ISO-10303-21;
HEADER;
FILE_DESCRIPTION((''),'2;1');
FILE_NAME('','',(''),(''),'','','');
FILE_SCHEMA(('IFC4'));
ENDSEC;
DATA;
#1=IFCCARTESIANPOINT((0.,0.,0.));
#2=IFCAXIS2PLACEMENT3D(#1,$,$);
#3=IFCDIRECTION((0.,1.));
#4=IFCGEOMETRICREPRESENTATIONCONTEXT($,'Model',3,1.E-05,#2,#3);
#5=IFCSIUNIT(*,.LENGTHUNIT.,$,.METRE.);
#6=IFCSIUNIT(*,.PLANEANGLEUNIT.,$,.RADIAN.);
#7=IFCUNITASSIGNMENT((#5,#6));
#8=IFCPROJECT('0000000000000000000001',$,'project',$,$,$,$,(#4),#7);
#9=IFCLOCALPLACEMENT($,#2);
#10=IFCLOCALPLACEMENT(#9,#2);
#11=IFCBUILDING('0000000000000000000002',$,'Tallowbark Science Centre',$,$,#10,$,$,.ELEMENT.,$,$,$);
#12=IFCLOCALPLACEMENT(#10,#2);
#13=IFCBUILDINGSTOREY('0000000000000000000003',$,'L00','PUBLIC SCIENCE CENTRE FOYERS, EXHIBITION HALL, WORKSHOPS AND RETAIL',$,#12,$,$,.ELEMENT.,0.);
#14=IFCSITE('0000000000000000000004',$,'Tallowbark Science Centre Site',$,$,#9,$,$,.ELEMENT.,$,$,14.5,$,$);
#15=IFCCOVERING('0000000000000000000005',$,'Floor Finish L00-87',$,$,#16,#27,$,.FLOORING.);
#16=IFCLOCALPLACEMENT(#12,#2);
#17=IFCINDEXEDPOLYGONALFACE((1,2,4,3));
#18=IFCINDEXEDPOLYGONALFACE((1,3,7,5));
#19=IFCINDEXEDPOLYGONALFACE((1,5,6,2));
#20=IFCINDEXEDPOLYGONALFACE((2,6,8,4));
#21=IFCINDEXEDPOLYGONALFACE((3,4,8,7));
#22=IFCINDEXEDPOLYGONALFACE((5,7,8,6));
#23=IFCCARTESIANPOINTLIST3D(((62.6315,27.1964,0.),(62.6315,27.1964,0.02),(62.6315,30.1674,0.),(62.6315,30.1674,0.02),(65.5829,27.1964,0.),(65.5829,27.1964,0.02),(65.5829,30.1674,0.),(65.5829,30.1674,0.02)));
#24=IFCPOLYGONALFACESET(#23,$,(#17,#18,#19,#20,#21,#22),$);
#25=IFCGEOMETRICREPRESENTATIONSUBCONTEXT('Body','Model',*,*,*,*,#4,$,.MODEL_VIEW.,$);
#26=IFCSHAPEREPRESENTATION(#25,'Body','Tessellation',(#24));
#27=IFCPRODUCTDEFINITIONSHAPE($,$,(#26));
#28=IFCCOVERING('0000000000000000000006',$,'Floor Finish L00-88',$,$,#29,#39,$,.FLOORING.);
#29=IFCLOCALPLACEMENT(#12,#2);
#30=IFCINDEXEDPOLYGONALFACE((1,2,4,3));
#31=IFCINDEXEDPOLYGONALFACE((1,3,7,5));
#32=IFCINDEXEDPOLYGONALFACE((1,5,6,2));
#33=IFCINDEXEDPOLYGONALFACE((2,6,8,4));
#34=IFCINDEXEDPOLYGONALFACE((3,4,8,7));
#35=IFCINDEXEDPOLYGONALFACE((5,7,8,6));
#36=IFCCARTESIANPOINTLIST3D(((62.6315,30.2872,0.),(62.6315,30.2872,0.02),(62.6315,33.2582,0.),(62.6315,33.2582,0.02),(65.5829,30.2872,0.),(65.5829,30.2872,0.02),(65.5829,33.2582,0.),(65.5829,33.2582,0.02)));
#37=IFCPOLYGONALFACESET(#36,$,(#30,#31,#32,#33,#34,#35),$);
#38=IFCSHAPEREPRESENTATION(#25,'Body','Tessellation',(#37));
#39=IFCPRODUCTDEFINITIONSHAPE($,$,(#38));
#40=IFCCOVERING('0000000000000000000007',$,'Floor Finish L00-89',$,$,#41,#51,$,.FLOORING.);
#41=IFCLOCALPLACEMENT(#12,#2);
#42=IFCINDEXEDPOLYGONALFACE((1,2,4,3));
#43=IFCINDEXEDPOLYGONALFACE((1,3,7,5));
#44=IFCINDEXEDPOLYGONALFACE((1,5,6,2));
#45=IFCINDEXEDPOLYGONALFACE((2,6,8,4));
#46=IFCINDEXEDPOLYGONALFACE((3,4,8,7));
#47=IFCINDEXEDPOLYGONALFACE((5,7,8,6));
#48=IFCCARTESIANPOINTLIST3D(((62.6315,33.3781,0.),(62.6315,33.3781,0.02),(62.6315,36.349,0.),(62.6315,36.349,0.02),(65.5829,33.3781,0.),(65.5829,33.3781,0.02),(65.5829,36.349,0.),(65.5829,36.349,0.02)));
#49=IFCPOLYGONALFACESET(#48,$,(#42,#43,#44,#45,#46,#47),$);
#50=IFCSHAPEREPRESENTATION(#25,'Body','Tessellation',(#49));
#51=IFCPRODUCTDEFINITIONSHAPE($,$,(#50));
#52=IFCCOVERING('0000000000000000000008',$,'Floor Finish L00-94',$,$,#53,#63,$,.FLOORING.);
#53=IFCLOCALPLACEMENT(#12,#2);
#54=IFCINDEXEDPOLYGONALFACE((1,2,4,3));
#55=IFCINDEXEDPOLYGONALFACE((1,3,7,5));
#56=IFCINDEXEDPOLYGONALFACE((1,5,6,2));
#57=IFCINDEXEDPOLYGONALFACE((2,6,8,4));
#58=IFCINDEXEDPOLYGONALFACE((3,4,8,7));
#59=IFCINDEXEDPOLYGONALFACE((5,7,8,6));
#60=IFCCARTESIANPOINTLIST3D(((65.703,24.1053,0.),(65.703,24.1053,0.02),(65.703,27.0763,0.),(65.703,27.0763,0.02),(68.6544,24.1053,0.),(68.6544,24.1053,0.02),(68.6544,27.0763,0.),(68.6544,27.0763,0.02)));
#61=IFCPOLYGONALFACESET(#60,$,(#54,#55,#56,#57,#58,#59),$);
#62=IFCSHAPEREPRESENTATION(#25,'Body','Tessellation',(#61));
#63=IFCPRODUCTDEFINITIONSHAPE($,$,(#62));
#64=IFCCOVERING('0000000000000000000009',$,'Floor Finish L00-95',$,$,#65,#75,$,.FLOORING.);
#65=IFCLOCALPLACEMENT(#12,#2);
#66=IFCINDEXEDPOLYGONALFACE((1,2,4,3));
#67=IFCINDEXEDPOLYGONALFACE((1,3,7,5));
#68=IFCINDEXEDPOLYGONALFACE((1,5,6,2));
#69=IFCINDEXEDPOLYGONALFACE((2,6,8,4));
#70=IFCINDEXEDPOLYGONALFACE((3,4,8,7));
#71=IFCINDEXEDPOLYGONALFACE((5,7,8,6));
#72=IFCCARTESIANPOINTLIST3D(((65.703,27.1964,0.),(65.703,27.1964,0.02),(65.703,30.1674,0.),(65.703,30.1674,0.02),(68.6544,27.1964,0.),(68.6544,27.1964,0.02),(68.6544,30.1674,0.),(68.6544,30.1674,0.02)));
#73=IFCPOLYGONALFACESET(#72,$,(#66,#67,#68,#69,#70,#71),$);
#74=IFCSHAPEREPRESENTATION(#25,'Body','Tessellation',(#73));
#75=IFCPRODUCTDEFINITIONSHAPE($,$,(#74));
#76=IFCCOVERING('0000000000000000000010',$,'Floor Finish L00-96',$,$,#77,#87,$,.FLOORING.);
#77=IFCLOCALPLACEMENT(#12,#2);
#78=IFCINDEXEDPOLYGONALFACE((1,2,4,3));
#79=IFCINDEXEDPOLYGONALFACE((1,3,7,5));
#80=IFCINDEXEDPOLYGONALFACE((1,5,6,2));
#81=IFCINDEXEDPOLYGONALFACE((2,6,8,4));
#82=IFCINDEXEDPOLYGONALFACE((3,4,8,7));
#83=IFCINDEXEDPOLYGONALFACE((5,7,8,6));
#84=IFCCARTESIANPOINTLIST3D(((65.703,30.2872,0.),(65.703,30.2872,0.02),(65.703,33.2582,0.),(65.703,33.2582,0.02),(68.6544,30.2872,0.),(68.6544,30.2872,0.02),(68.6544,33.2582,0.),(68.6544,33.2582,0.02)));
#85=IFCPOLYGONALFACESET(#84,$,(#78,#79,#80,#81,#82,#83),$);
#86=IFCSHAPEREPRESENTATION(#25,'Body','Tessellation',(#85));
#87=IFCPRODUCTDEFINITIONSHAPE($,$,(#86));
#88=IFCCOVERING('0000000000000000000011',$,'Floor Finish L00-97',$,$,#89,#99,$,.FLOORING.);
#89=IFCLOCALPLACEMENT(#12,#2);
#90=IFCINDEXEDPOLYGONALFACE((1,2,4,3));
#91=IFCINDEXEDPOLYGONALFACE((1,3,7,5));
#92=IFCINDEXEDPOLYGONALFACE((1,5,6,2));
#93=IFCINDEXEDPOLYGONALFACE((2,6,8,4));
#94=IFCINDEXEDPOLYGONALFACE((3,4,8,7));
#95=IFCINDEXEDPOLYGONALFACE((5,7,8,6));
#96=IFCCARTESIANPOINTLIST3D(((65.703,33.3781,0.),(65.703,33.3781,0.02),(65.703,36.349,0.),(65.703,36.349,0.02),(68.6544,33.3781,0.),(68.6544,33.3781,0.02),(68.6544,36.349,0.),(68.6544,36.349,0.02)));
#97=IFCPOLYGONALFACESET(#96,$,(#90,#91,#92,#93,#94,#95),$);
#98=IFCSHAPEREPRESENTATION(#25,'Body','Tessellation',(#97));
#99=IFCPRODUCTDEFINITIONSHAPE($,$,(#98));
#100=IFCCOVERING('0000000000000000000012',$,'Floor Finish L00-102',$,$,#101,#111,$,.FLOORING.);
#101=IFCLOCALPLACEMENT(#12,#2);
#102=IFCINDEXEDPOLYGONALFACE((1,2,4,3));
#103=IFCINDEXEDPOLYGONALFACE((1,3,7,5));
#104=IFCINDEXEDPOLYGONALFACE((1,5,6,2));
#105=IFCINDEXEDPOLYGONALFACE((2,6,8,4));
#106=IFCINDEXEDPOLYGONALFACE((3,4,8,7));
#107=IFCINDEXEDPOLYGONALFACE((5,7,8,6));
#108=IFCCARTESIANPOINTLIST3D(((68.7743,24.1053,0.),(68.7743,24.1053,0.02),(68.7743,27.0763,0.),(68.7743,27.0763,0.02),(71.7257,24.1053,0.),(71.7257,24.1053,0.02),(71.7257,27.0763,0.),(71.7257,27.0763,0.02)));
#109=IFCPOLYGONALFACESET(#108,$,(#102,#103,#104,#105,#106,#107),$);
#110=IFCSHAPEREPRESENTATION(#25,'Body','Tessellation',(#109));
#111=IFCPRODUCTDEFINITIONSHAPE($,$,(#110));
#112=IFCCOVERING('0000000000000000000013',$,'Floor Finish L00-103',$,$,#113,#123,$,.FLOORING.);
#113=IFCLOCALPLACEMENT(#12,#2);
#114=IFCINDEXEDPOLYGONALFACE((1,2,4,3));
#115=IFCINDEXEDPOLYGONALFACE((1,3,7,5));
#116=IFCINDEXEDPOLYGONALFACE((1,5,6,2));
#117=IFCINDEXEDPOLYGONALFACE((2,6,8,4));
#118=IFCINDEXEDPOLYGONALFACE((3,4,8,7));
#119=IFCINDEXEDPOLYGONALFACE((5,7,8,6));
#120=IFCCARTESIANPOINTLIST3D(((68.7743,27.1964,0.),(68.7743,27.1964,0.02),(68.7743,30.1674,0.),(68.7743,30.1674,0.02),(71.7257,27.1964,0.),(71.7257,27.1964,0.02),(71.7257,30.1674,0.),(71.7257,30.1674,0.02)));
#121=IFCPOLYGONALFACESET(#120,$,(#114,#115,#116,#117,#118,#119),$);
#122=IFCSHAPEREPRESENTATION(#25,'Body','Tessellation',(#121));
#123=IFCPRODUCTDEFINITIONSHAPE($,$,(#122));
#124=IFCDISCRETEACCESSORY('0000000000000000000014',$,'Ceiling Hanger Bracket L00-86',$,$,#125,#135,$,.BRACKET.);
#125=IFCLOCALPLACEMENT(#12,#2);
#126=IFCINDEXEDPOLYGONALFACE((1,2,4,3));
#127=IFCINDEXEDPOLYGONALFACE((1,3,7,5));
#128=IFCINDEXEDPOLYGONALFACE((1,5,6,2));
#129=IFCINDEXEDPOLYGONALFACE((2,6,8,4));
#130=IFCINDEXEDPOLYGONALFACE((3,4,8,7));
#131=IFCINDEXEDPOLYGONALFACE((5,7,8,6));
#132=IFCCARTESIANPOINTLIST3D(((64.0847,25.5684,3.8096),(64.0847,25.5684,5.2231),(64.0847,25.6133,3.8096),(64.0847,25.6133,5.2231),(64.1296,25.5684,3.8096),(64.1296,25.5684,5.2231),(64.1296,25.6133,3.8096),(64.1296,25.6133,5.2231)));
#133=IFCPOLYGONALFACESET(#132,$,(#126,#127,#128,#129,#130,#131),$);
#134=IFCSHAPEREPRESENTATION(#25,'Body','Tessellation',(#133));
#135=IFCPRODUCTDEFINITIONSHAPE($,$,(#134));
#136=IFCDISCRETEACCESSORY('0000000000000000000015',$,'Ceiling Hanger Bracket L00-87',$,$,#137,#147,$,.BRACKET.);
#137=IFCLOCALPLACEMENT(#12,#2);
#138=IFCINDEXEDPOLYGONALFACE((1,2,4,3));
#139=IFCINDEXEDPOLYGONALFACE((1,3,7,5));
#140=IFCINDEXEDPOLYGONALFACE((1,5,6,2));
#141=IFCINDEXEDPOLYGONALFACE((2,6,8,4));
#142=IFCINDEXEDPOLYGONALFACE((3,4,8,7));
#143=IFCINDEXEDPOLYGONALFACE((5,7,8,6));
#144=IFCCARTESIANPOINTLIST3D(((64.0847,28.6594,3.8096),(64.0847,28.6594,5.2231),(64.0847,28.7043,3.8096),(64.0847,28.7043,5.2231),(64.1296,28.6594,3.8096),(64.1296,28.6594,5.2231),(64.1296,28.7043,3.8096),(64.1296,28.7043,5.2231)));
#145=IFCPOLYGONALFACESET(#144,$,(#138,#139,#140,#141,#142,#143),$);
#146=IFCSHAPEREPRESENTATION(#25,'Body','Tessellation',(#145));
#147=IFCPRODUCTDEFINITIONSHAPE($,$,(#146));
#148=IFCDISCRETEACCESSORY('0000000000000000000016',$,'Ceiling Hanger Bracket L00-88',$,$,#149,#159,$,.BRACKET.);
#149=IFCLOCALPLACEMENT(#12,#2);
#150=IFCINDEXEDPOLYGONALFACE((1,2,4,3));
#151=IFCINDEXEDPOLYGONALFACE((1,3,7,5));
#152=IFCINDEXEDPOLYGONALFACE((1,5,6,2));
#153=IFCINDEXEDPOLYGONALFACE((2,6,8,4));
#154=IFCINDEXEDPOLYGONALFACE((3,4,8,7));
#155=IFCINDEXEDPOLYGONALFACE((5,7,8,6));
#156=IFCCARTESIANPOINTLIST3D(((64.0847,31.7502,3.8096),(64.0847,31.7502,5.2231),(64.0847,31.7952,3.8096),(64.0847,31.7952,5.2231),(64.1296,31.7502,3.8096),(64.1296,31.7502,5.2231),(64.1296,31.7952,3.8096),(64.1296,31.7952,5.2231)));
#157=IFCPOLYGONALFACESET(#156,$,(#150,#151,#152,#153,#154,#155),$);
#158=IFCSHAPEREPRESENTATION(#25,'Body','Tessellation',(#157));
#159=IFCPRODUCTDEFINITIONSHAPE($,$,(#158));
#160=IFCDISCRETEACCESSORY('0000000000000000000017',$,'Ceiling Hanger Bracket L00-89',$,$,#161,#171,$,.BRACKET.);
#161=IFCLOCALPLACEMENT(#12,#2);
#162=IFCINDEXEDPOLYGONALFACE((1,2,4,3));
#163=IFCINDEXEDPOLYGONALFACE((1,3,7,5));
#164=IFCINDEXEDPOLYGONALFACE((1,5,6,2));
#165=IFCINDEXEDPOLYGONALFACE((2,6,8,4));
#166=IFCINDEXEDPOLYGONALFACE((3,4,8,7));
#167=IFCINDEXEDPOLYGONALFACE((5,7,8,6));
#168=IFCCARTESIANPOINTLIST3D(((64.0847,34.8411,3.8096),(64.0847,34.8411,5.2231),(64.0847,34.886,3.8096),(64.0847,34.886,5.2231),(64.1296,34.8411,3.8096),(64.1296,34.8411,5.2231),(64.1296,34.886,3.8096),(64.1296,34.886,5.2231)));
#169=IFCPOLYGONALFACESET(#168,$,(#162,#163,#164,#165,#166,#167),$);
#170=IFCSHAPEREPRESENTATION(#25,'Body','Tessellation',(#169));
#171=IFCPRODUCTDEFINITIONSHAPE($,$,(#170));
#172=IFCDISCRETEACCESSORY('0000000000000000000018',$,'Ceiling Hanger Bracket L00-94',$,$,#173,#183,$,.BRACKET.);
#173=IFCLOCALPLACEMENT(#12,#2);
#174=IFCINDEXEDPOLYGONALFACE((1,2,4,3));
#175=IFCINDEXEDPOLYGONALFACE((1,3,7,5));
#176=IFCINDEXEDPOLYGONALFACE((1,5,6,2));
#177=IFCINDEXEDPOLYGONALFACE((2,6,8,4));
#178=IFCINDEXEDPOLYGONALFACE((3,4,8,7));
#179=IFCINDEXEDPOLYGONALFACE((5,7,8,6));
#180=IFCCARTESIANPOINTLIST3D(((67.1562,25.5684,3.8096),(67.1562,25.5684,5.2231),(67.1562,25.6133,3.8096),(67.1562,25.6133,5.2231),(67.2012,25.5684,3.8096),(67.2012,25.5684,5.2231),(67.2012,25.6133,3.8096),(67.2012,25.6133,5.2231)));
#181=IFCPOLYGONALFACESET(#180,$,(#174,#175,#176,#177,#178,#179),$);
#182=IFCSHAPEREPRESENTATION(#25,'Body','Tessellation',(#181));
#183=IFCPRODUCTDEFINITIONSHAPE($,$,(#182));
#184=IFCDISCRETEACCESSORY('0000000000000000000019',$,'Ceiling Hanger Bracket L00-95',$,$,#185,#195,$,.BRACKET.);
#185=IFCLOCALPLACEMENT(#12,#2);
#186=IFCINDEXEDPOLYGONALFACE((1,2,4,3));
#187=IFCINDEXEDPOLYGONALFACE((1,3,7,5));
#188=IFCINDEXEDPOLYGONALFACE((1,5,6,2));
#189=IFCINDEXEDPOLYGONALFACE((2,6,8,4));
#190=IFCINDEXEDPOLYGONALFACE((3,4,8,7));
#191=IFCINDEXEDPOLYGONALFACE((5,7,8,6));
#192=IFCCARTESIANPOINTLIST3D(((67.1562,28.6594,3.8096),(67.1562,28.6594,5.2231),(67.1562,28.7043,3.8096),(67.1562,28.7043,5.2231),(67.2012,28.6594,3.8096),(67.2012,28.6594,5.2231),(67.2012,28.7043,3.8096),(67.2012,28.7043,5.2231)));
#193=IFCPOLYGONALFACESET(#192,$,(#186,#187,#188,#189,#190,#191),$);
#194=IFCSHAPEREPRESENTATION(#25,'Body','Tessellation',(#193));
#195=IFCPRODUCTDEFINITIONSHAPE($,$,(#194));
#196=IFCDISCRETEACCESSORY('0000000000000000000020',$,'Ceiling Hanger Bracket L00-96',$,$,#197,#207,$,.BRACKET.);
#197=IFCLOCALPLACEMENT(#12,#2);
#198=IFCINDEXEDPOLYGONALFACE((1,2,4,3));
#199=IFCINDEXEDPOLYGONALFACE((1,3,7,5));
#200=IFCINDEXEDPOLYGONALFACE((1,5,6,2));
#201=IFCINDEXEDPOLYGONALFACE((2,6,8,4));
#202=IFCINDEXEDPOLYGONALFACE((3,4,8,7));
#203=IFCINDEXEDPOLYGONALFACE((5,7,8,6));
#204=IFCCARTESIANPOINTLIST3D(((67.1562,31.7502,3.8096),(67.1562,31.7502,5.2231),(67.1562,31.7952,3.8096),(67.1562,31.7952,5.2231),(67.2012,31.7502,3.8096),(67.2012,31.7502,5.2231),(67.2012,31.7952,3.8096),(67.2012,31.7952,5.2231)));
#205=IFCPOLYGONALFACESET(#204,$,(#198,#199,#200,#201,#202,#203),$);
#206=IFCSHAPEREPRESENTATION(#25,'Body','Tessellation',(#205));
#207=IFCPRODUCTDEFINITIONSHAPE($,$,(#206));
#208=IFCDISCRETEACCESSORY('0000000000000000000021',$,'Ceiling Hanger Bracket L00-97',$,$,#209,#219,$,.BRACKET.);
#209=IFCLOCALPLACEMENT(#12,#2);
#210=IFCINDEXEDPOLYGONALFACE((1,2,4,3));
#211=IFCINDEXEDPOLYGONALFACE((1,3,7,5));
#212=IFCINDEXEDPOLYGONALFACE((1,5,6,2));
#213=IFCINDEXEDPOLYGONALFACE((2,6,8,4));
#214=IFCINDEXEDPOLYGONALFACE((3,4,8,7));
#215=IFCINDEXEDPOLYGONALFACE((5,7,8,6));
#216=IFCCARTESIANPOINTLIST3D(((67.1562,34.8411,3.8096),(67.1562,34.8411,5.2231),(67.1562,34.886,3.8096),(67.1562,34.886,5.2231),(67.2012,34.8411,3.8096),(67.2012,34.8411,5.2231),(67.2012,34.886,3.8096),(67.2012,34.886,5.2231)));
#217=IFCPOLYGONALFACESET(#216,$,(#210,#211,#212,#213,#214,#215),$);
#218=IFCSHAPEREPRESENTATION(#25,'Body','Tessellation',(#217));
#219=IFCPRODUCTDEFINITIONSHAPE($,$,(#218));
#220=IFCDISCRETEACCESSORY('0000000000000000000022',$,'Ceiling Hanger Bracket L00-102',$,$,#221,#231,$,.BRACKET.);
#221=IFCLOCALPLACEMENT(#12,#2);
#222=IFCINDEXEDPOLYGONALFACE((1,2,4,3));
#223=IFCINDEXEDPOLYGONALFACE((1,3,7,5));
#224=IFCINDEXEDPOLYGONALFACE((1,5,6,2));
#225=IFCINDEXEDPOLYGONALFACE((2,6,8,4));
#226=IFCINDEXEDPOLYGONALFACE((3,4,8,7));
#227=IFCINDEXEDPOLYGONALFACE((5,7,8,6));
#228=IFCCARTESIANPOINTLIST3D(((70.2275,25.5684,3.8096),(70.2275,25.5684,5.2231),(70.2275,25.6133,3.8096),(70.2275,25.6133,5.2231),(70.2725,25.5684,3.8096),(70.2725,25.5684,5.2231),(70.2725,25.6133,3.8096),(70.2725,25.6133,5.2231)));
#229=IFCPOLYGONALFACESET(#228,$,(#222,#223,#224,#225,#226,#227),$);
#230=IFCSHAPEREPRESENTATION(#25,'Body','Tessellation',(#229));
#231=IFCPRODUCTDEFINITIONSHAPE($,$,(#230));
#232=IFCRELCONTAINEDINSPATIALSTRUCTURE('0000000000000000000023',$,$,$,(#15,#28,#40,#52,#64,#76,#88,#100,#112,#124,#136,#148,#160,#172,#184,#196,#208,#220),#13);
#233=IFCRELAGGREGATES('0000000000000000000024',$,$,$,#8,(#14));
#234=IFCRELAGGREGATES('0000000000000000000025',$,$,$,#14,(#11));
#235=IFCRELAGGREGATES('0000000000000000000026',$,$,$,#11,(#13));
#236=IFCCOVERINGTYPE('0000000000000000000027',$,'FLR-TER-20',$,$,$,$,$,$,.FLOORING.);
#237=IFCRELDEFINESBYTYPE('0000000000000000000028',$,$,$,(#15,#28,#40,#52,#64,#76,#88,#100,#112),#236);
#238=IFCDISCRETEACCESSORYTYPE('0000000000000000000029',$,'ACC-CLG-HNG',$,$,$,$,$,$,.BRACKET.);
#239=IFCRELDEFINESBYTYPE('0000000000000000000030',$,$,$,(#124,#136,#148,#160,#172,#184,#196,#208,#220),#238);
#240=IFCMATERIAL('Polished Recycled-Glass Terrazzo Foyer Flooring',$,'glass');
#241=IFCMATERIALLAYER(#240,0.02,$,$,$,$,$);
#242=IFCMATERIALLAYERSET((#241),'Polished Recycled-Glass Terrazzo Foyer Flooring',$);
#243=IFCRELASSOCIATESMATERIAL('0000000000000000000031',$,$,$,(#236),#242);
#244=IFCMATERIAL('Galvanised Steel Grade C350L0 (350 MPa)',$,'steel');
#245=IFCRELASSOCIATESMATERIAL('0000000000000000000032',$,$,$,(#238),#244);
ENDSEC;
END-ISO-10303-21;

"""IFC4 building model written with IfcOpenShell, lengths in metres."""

from ifc_helpers import new_model, si_unit, direction, frame, origin, origin_2d, place, context, subcontext, project, spatial, rectangle, extrude, material, layer, layer_set, type_object, element, save


model = new_model("IFC4")

# Units and contexts
model_context = context("Model", 3, precision=1e-05, world=origin(), true_north=direction((0.0, 1.0)))
body_context = subcontext(model_context, "Body", "Model", "MODEL_VIEW")
ifc_project = project(units=[si_unit("LENGTHUNIT", "METRE"), si_unit("PLANEANGLEUNIT", "RADIAN")], contexts=[model_context])

# Site, building, storey
site_placement = place(None, origin())
site = spatial("IfcSite", under=ifc_project, at=site_placement, Name="Tallowbark Science Centre Site", CompositionType="ELEMENT", RefElevation=14.5)
building_placement = place(site_placement, origin())
building = spatial("IfcBuilding", under=site, at=building_placement, Name="Tallowbark Science Centre", CompositionType="ELEMENT")
storey_placement = place(building_placement, origin())
storey = spatial("IfcBuildingStorey", under=building, at=storey_placement, Name="L00", Description="PUBLIC SCIENCE CENTRE FOYERS, EXHIBITION HALL, WORKSHOPS AND RETAIL", CompositionType="ELEMENT", Elevation=0.0)

# Coverings
ifc_material_1 = material(Name="Polished Recycled-Glass Terrazzo Foyer Flooring", Category="glass")
ifc_layer_1 = layer(ifc_material_1, 0.02)
ifc_layer_set_1 = layer_set([ifc_layer_1], Name="Polished Recycled-Glass Terrazzo Foyer Flooring")
covering_type_1 = type_object("IfcCoveringType", Name="FLR-TER-20", PredefinedType="FLOORING", material=ifc_layer_set_1)
for number, where, z_axis, x_axis, name in (
    (1, (64.1072, 28.6819, 0.0), (0.0, 0.0, 1.0), (1.0, 0.0, 0.0), "Floor Finish L00-87"),
    (2, (64.1072, 31.7727, 0.0), (0.0, 0.0, 1.0), (1.0, 0.0, 0.0), "Floor Finish L00-88"),
    (3, (64.1072, 34.8635, 0.0), (0.0, 0.0, 1.0), (1.0, 0.0, 0.0), "Floor Finish L00-89"),
    (4, (67.1787, 25.5908, 0.0), (0.0, 0.0, 1.0), (1.0, 0.0, 0.0), "Floor Finish L00-94"),
    (5, (67.1787, 28.6819, 0.0), (0.0, 0.0, 1.0), (1.0, 0.0, 0.0), "Floor Finish L00-95"),
    (6, (67.1787, 31.7727, 0.0), (0.0, 0.0, 1.0), (1.0, 0.0, 0.0), "Floor Finish L00-96"),
    (7, (67.1787, 34.8635, 0.0), (0.0, 0.0, 1.0), (1.0, 0.0, 0.0), "Floor Finish L00-97"),
    (8, (70.25, 25.5908, 0.0), (0.0, 0.0, 1.0), (1.0, 0.0, 0.0), "Floor Finish L00-102"),
    (9, (70.25, 28.6819, 0.0), (0.0, 0.0, 1.0), (1.0, 0.0, 0.0), "Floor Finish L00-103"),
):
    element("IfcCovering", number, at=place(storey_placement, frame(where, z_axis=z_axis, x_axis=x_axis)), inside=storey, type_object=covering_type_1, Name=name, PredefinedType="FLOORING", context=body_context, shape_type="SweptSolid", body=[
        extrude(rectangle(XDim=2.9514, YDim=2.9709, at=origin_2d()), origin(), (0.0, 0.0, 1.0), 0.02),
    ])

# Discrete accessories
ifc_material_2 = material(Name="Galvanised Steel Grade C350L0 (350 MPa)", Category="steel")
discrete_accessory_type = type_object("IfcDiscreteAccessoryType", Name="ACC-CLG-HNG", PredefinedType="BRACKET", material=ifc_material_2)
for number, where, z_axis, x_axis, name in (
    (10, (64.1072, 25.5908, 3.8096), (0.0, 0.0, 1.0), (1.0, 0.0, 0.0), "Ceiling Hanger Bracket L00-86"),
    (11, (64.1072, 28.6819, 3.8096), (0.0, 0.0, 1.0), (1.0, 0.0, 0.0), "Ceiling Hanger Bracket L00-87"),
    (12, (64.1072, 31.7727, 3.8096), (0.0, 0.0, 1.0), (1.0, 0.0, 0.0), "Ceiling Hanger Bracket L00-88"),
    (13, (64.1072, 34.8635, 3.8096), (0.0, 0.0, 1.0), (1.0, 0.0, 0.0), "Ceiling Hanger Bracket L00-89"),
    (14, (67.1787, 25.5908, 3.8096), (0.0, 0.0, 1.0), (1.0, 0.0, 0.0), "Ceiling Hanger Bracket L00-94"),
    (15, (67.1787, 28.6819, 3.8096), (0.0, 0.0, 1.0), (1.0, 0.0, 0.0), "Ceiling Hanger Bracket L00-95"),
    (16, (67.1787, 31.7727, 3.8096), (0.0, 0.0, 1.0), (1.0, 0.0, 0.0), "Ceiling Hanger Bracket L00-96"),
    (17, (67.1787, 34.8635, 3.8096), (0.0, 0.0, 1.0), (1.0, 0.0, 0.0), "Ceiling Hanger Bracket L00-97"),
    (18, (70.25, 25.5908, 3.8096), (0.0, 0.0, 1.0), (1.0, 0.0, 0.0), "Ceiling Hanger Bracket L00-102"),
):
    element("IfcDiscreteAccessory", number, at=place(storey_placement, frame(where, z_axis=z_axis, x_axis=x_axis)), inside=storey, type_object=discrete_accessory_type, Name=name, PredefinedType="BRACKET", context=body_context, shape_type="SweptSolid", body=[
        extrude(rectangle(XDim=0.0449, YDim=0.0449, at=origin_2d()), origin(), (0.0, 0.0, 1.0), 1.4136),
    ])

save(model, "model.ifc")
